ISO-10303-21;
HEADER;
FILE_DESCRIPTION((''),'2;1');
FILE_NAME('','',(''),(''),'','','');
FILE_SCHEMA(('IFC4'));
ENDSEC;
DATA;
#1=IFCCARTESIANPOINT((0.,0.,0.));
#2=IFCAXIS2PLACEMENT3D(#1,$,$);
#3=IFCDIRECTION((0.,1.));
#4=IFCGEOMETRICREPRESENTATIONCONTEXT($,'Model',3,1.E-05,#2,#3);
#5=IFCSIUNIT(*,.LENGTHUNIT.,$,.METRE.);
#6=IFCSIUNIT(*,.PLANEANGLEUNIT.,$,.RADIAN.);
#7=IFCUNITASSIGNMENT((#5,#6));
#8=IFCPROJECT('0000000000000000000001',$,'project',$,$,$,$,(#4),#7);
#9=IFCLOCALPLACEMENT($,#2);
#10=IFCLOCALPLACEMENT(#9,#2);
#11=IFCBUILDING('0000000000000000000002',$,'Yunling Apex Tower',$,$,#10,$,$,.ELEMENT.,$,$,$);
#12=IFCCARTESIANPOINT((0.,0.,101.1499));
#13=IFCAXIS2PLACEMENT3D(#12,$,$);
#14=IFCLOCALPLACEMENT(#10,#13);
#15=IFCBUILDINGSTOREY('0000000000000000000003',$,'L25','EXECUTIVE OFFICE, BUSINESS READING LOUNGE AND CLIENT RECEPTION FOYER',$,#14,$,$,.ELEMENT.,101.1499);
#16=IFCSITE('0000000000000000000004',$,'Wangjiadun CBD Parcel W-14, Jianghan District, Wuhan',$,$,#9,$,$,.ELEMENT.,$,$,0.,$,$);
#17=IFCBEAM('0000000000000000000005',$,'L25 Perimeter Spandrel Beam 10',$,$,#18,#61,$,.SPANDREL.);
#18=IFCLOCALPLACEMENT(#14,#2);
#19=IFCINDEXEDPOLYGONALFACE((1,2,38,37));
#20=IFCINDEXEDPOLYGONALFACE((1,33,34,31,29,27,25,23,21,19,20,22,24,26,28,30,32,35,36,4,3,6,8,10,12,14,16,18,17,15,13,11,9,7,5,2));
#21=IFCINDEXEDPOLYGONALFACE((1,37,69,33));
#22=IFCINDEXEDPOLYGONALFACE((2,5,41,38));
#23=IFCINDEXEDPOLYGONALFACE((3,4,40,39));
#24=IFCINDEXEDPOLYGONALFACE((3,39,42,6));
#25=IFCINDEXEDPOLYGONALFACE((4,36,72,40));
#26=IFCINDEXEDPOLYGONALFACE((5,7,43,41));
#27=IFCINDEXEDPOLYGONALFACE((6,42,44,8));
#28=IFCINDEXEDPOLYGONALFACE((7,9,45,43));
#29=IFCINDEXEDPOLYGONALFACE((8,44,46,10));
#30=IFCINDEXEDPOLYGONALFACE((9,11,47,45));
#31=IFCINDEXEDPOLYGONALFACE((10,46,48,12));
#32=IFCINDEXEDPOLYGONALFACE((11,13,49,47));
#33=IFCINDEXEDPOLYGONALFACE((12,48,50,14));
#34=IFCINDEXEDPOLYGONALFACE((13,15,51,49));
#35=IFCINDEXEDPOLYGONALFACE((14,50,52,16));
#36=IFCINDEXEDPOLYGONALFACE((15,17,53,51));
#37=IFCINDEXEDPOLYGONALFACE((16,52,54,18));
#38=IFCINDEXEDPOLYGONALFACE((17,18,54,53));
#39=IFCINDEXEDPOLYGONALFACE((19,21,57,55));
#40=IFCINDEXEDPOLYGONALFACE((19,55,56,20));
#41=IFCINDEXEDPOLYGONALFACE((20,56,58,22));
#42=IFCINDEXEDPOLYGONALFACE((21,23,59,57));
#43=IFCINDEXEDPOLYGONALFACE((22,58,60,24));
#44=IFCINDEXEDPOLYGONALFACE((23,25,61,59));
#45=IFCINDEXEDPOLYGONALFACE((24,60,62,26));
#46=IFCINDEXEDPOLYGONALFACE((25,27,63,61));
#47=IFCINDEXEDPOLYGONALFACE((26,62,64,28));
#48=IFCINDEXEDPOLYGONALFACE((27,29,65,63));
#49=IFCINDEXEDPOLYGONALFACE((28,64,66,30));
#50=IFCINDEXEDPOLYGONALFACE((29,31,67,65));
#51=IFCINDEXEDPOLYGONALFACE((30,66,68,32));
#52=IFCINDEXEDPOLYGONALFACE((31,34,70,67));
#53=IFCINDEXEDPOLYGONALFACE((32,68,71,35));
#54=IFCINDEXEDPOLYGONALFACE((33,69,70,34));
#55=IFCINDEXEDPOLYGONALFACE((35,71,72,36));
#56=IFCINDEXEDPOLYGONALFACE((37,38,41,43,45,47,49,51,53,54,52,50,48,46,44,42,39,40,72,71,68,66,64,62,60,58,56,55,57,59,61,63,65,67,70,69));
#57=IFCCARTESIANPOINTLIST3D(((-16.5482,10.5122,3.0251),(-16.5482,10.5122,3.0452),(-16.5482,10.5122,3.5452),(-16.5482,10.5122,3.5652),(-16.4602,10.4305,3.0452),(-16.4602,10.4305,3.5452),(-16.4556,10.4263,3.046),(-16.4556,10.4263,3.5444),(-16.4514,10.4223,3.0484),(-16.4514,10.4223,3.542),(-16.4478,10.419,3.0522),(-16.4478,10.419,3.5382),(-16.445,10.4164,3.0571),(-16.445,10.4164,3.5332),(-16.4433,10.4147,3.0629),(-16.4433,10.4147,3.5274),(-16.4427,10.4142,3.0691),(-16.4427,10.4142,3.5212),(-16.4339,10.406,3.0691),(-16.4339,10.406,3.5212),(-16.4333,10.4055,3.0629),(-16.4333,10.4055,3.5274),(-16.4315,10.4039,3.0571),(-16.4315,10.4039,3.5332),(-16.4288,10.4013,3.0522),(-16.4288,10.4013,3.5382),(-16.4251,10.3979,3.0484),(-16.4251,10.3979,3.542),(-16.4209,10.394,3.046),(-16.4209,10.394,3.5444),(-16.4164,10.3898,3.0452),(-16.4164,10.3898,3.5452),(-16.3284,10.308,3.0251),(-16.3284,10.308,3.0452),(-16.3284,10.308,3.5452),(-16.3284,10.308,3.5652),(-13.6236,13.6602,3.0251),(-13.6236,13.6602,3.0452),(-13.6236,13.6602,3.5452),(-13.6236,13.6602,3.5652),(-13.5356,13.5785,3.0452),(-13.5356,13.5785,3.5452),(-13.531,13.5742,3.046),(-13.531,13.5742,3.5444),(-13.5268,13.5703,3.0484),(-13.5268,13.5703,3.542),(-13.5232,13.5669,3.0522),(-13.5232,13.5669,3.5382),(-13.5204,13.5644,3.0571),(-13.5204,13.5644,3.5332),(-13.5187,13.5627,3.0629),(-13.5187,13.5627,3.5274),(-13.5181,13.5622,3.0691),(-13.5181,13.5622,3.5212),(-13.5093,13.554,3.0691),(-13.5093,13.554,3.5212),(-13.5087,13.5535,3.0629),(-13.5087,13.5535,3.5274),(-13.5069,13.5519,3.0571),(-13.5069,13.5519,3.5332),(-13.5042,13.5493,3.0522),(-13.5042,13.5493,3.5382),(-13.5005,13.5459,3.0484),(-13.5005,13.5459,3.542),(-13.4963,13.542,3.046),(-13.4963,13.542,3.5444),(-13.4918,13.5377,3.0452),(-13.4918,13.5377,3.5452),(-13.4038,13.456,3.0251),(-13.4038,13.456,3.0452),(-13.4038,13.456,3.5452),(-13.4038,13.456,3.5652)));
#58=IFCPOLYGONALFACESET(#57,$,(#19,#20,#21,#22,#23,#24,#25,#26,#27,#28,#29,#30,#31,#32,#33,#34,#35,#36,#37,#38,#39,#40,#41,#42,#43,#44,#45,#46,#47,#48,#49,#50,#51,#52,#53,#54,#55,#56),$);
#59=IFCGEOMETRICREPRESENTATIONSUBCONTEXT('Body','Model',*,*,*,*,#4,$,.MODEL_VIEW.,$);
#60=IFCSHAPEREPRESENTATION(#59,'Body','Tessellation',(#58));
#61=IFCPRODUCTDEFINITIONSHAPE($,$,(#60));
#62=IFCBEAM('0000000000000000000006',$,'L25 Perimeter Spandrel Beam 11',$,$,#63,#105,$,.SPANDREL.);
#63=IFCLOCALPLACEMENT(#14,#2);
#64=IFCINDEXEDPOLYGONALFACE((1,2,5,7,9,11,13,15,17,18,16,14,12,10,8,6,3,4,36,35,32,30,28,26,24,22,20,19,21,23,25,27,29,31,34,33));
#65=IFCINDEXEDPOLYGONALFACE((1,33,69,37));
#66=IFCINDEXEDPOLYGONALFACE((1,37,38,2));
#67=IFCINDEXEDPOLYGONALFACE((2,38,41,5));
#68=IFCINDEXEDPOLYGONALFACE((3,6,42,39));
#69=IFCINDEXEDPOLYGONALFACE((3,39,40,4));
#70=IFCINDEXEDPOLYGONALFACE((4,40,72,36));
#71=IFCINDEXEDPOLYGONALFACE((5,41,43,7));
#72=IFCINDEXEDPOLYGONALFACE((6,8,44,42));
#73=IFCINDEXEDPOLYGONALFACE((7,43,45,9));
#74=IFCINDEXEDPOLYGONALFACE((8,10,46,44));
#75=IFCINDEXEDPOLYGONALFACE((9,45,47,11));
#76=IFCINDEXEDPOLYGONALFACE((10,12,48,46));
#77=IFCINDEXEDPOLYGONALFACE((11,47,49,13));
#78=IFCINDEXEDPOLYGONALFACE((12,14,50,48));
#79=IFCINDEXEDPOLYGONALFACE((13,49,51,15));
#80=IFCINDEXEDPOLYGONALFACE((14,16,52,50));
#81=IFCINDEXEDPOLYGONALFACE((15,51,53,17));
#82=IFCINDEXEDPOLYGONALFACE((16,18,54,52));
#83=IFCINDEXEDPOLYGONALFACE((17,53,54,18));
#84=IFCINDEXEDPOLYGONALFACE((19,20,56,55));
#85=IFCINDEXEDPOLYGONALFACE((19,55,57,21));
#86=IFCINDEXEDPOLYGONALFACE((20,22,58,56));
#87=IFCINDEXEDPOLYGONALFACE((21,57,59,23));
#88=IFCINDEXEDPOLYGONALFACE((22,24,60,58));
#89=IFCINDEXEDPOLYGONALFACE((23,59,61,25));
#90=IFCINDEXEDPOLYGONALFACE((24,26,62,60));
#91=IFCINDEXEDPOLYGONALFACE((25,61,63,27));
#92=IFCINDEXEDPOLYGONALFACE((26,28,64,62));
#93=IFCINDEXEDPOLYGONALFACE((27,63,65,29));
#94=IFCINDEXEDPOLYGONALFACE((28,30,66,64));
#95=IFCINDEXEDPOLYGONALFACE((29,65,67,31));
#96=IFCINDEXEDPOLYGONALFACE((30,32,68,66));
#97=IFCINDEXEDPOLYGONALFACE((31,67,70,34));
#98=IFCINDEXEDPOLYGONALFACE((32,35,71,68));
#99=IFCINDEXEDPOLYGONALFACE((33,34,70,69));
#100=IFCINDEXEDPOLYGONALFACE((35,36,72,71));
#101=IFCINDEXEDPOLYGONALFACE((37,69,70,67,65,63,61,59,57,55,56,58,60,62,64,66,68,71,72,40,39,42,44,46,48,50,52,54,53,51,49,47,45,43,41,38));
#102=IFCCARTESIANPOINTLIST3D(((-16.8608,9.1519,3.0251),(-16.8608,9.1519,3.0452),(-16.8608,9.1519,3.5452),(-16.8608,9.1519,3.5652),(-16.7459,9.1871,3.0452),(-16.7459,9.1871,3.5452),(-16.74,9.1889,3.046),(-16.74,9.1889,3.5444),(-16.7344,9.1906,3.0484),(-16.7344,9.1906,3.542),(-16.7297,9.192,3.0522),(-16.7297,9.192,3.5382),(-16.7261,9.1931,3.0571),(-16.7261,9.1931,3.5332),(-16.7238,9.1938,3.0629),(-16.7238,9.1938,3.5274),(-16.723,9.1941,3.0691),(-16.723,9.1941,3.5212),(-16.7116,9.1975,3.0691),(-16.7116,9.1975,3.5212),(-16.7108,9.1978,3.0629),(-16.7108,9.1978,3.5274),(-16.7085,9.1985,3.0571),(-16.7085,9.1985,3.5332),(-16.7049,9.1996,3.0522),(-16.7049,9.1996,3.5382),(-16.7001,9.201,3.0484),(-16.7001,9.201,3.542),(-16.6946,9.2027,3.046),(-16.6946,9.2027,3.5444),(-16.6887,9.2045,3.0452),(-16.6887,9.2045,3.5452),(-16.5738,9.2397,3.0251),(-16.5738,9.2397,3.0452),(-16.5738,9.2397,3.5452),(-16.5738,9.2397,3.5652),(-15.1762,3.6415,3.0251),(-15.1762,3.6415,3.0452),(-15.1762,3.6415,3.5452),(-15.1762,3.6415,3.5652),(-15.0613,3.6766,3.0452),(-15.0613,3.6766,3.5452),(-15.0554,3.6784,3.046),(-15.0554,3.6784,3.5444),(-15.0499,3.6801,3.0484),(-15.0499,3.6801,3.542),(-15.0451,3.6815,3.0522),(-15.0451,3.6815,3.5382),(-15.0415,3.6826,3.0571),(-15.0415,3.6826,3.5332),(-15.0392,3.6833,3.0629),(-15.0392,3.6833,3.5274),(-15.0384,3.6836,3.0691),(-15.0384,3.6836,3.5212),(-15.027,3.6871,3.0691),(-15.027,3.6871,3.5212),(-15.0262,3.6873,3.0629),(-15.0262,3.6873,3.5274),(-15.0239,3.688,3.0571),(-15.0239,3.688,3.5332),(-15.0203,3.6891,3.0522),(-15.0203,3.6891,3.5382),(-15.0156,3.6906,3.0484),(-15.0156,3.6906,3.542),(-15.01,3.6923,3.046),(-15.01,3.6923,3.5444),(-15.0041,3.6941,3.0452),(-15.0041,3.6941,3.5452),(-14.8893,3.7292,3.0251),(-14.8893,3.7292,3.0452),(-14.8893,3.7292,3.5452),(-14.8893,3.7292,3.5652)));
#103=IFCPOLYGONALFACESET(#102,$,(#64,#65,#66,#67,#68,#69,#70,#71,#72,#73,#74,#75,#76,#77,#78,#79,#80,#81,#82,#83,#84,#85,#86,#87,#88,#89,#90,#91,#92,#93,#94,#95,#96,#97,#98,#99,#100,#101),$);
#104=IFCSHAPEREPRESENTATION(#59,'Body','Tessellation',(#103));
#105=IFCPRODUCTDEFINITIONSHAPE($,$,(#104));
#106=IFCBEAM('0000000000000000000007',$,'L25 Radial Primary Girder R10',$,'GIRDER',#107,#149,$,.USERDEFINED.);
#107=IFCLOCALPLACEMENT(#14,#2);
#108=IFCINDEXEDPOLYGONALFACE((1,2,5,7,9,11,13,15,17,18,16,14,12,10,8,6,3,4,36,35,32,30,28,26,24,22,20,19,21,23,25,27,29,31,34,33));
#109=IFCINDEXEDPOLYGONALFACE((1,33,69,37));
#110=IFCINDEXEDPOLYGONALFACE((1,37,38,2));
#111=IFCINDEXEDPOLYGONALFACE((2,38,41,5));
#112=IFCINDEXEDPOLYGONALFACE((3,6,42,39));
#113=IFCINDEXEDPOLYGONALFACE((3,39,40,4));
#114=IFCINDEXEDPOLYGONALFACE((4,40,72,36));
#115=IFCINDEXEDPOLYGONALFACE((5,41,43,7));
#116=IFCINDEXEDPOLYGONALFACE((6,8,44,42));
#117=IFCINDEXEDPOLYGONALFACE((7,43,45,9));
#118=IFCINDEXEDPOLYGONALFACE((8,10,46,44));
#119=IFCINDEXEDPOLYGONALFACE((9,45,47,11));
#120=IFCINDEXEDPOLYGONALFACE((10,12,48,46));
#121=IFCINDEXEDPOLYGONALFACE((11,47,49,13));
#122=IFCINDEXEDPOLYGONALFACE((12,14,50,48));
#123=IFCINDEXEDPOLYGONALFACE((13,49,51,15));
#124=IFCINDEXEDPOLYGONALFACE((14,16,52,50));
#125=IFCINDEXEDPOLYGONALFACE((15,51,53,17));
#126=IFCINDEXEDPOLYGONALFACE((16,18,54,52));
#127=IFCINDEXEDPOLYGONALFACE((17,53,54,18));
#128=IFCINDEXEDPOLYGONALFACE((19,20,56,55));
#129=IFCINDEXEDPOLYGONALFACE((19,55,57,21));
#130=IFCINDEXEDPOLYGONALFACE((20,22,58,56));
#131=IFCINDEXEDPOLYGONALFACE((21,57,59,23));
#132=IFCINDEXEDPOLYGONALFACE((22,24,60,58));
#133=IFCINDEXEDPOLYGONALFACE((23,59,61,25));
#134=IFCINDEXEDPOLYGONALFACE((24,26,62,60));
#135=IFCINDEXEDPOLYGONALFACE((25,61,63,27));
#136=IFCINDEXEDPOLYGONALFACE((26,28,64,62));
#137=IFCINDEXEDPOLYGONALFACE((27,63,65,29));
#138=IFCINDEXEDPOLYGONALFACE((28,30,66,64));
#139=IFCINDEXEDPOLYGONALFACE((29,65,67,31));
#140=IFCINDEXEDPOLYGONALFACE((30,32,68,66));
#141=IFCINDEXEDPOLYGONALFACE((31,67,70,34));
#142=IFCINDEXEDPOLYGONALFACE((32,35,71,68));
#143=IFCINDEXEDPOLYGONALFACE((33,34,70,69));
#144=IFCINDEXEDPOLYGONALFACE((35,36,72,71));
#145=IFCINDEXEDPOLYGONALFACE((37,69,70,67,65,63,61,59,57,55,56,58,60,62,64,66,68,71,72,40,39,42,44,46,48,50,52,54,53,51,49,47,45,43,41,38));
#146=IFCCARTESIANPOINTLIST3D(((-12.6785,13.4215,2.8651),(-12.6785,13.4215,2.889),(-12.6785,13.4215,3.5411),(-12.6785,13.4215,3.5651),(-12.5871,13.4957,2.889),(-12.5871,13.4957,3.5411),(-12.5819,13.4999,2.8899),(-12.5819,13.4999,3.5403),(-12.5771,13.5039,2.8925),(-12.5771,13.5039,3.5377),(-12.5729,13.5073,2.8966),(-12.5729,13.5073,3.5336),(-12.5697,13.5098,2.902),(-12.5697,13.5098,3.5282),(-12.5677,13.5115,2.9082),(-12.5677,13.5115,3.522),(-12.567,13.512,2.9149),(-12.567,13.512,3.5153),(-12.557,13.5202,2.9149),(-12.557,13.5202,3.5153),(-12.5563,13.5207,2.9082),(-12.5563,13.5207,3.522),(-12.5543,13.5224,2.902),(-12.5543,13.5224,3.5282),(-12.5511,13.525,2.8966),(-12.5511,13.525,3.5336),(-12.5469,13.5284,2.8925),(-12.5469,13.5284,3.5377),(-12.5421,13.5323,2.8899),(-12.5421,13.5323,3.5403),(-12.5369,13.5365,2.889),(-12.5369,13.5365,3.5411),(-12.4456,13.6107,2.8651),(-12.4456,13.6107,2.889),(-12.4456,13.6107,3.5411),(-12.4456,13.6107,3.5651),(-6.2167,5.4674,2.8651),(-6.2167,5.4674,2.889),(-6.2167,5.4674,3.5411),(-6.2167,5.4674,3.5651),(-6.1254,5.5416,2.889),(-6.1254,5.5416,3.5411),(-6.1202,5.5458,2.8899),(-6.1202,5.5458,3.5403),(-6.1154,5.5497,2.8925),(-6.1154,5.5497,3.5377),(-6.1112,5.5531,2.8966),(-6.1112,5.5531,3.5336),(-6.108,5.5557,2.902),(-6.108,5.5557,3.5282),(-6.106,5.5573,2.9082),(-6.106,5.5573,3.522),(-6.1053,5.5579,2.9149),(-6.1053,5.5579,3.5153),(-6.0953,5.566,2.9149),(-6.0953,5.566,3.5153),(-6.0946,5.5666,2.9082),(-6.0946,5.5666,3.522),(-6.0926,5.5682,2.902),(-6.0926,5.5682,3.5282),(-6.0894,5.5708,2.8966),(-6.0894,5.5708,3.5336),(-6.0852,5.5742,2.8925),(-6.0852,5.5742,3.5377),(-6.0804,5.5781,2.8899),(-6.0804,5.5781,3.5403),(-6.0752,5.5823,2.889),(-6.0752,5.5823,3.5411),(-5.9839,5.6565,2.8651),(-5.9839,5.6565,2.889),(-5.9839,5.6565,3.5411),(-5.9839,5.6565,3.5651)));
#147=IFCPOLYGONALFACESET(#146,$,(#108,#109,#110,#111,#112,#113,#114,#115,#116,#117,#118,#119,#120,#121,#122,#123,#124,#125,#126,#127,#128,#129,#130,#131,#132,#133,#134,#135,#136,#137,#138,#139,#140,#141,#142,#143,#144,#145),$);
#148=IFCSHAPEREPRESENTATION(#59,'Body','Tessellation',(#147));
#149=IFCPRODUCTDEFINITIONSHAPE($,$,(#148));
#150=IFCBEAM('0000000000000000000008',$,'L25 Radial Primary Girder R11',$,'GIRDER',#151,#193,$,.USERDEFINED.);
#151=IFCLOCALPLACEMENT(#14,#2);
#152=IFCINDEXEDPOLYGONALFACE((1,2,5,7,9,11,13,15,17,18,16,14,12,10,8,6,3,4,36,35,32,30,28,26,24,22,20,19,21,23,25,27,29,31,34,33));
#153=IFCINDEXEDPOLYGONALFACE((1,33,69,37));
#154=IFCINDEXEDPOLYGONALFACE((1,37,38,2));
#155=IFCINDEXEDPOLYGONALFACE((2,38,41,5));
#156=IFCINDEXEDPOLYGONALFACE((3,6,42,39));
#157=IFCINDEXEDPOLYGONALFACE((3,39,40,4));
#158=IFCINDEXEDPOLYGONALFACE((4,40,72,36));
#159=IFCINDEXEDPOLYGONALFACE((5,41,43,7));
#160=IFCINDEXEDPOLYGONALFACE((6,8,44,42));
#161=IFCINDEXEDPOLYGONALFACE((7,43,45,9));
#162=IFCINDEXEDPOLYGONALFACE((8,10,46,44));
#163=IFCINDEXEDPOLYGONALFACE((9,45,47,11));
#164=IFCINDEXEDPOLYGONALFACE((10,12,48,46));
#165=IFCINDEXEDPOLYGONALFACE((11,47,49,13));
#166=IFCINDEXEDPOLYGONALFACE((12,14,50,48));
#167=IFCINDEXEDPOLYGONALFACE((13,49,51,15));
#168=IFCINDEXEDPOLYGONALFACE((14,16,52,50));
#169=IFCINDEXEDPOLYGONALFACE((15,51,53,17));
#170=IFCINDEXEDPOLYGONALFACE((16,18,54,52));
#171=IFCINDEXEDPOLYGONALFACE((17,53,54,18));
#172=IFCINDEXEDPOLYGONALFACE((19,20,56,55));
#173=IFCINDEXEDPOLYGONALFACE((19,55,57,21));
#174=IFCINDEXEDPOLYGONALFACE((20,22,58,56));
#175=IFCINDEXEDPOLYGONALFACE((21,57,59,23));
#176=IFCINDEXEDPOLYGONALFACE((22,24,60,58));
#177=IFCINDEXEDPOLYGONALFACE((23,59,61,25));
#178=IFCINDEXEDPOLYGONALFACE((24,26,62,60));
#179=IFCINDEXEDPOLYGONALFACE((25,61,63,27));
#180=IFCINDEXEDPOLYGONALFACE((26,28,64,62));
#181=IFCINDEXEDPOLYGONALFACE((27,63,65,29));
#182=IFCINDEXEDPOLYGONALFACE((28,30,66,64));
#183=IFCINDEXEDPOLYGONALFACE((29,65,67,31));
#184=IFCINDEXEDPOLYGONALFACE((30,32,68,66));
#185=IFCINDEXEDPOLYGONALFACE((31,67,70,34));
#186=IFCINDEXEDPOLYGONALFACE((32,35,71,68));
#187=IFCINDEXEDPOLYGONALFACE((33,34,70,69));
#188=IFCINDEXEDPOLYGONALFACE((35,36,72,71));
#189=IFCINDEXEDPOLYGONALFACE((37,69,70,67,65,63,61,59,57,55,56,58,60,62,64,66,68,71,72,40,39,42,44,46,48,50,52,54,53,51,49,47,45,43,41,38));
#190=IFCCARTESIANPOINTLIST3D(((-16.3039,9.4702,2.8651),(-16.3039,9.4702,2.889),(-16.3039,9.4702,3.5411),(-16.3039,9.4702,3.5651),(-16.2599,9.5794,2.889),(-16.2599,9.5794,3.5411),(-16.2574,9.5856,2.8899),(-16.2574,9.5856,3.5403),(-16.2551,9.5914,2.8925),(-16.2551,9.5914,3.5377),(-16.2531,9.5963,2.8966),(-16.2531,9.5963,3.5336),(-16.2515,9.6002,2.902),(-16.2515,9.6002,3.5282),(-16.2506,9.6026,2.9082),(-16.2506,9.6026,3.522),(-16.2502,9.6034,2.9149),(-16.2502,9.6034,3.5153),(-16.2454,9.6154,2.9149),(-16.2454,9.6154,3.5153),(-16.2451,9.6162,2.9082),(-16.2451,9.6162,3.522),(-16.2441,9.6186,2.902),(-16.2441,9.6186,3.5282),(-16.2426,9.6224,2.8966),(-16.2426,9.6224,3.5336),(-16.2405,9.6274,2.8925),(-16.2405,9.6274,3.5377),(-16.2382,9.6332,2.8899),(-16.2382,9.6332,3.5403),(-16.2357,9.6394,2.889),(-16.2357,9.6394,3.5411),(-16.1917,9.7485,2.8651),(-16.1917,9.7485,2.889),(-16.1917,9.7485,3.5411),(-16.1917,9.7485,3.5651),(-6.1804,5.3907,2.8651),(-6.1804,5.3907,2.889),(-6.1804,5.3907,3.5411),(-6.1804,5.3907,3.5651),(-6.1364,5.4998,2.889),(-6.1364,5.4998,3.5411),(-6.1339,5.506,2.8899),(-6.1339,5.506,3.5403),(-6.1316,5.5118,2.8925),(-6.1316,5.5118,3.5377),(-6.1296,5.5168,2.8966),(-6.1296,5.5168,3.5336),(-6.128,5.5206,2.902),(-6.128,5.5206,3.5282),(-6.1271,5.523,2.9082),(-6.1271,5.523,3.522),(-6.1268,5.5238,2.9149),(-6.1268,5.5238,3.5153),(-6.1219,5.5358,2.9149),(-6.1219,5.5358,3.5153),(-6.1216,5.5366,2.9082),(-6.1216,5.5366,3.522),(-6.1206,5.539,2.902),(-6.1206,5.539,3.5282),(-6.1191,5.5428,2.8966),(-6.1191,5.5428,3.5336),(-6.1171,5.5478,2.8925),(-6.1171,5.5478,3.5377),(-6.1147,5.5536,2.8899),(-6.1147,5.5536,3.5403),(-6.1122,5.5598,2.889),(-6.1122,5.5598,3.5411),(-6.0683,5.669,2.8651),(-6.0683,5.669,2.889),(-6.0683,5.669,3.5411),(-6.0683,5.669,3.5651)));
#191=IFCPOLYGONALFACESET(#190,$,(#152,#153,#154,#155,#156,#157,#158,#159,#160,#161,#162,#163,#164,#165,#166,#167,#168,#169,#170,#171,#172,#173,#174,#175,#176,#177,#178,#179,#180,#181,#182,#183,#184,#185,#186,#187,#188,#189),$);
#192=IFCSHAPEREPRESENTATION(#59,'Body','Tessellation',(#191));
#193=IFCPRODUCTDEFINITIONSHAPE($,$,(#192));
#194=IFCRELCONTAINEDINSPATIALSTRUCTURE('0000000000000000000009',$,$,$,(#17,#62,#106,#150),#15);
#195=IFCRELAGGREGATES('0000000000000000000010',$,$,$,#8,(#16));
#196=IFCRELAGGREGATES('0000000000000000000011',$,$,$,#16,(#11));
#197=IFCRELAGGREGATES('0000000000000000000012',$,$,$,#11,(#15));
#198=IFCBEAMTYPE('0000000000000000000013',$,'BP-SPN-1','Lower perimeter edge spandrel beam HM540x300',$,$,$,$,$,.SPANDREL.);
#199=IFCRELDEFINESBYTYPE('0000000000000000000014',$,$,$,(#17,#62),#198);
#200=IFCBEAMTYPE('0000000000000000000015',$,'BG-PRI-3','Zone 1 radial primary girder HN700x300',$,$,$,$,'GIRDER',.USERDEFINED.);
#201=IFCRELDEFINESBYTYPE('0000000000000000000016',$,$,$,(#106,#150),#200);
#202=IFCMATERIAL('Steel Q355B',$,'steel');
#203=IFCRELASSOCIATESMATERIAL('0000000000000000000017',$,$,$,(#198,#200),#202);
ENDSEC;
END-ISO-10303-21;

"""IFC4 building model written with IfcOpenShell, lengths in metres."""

from ifc_helpers import new_model, si_unit, direction, frame, origin, origin_2d, place, context, subcontext, project, spatial, i_section, extrude, source, transform, mapped, material, material_profile, profile_set, type_object, element, save


model = new_model("IFC4")

# Units and contexts
model_context = context("Model", 3, precision=1e-05, world=origin(), true_north=direction((0.0, 1.0)))
body_context = subcontext(model_context, "Body", "Model", "MODEL_VIEW")
ifc_project = project(units=[si_unit("LENGTHUNIT", "METRE"), si_unit("PLANEANGLEUNIT", "RADIAN")], contexts=[model_context])

# Site, building, storey
site_placement = place(None, origin())
site = spatial("IfcSite", under=ifc_project, at=site_placement, Name="Wangjiadun CBD Parcel W-14, Jianghan District, Wuhan", CompositionType="ELEMENT", RefElevation=0.0)
building_placement = place(site_placement, origin())
building = spatial("IfcBuilding", under=site, at=building_placement, Name="Yunling Apex Tower", CompositionType="ELEMENT")
storey_placement = place(building_placement, frame((0.0, 0.0, 101.1499)))
storey = spatial("IfcBuildingStorey", under=building, at=storey_placement, Name="L25", Description="EXECUTIVE OFFICE, BUSINESS READING LOUNGE AND CLIENT RECEPTION FOYER", CompositionType="ELEMENT", Elevation=101.1499)

# Beams
ifc_material_1 = material(Name="Steel Q355B", Category="steel")
ifc_material_profile_1 = material_profile(ifc_material_1, i_section(OverallWidth=0.3, OverallDepth=0.54, WebThickness=0.012, FlangeThickness=0.02, FilletRadius=0.0239, at=origin_2d()))
ifc_profile_set_1 = profile_set([ifc_material_profile_1], Name="Steel Q355B")
beam_type_1 = type_object("IfcBeamType", Name="BP-SPN-1", Description="Lower perimeter edge spandrel beam HM540x300", PredefinedType="SPANDREL", material=ifc_profile_set_1)
shared_shape_1 = source(origin(), body_context, "Body", "SweptSolid", [
    extrude(i_section(OverallWidth=0.3, OverallDepth=0.54, WebThickness=0.012, FlangeThickness=0.02, FilletRadius=0.0239, at=origin_2d()), origin(), (0.0, 0.0, 1.0), 4.2969),
])
beam_1_placement = place(storey_placement, frame((-13.5137, 13.5581, 3.2952), z_axis=(-0.680634, -0.732623, 0.0), x_axis=(0.732623, -0.680634, 0.0)))
element("IfcBeam", 1, at=beam_1_placement, inside=storey, type_object=beam_type_1, Name="L25 Perimeter Spandrel Beam 10", PredefinedType="SPANDREL", context=body_context, shape_type="MappedRepresentation", body=[
    mapped(shared_shape_1, transform((0.0, 0.0, 0.0), scale=1.0)),
])
shared_shape_2 = source(origin(), body_context, "Body", "SweptSolid", [
    extrude(i_section(OverallWidth=0.3, OverallDepth=0.54, WebThickness=0.012, FlangeThickness=0.02, FilletRadius=0.0239, at=origin_2d()), origin(), (0.0, 0.0, 1.0), 5.7622),
])
beam_2_placement = place(storey_placement, frame((-16.7173, 9.1958, 3.2952), z_axis=(0.292347, -0.956312, 0.0), x_axis=(0.956312, 0.292347, 0.0)))
element("IfcBeam", 2, at=beam_2_placement, inside=storey, type_object=beam_type_1, Name="L25 Perimeter Spandrel Beam 11", PredefinedType="SPANDREL", context=body_context, shape_type="MappedRepresentation", body=[
    mapped(shared_shape_2, transform((0.0, 0.0, 0.0), scale=1.0)),
])
ifc_material_profile_2 = material_profile(ifc_material_1, i_section(OverallWidth=0.3, OverallDepth=0.7, WebThickness=0.0129, FlangeThickness=0.0239, FilletRadius=0.0259, at=origin_2d()))
ifc_profile_set_2 = profile_set([ifc_material_profile_2], Name="Steel Q355B")
beam_type_2 = type_object("IfcBeamType", Name="BG-PRI-3", Description="Zone 1 radial primary girder HN700x300", ElementType="GIRDER", PredefinedType="USERDEFINED", material=ifc_profile_set_2)
shared_shape_3 = source(origin(), body_context, "Body", "SweptSolid", [
    extrude(i_section(OverallWidth=0.3, OverallDepth=0.7, WebThickness=0.0129, FlangeThickness=0.0239, FilletRadius=0.0259, at=origin_2d()), origin(), (0.0, 0.0, 1.0), 10.248),
])
beam_3_placement = place(storey_placement, frame((-12.562, 13.5161, 3.2151), z_axis=(0.630532, -0.776164, 0.0), x_axis=(0.776164, 0.630532, 0.0)))
element("IfcBeam", 3, at=beam_3_placement, inside=storey, type_object=beam_type_2, Name="L25 Radial Primary Girder R10", ObjectType="GIRDER", PredefinedType="USERDEFINED", context=body_context, shape_type="MappedRepresentation", body=[
    mapped(shared_shape_3, transform((0.0, 0.0, 0.0), scale=1.0)),
])
shared_shape_4 = source(origin(), body_context, "Body", "SweptSolid", [
    extrude(i_section(OverallWidth=0.3, OverallDepth=0.7, WebThickness=0.0129, FlangeThickness=0.0239, FilletRadius=0.0259, at=origin_2d()), origin(), (0.0, 0.0, 1.0), 10.9146),
])
beam_4_placement = place(storey_placement, frame((-16.2478, 9.6094, 3.2151), z_axis=(0.92752, -0.373773, 0.0), x_axis=(0.373773, 0.92752, 0.0)))
element("IfcBeam", 4, at=beam_4_placement, inside=storey, type_object=beam_type_2, Name="L25 Radial Primary Girder R11", ObjectType="GIRDER", PredefinedType="USERDEFINED", context=body_context, shape_type="MappedRepresentation", body=[
    mapped(shared_shape_4, transform((0.0, 0.0, 0.0), scale=1.0)),
])

save(model, "model.ifc")
